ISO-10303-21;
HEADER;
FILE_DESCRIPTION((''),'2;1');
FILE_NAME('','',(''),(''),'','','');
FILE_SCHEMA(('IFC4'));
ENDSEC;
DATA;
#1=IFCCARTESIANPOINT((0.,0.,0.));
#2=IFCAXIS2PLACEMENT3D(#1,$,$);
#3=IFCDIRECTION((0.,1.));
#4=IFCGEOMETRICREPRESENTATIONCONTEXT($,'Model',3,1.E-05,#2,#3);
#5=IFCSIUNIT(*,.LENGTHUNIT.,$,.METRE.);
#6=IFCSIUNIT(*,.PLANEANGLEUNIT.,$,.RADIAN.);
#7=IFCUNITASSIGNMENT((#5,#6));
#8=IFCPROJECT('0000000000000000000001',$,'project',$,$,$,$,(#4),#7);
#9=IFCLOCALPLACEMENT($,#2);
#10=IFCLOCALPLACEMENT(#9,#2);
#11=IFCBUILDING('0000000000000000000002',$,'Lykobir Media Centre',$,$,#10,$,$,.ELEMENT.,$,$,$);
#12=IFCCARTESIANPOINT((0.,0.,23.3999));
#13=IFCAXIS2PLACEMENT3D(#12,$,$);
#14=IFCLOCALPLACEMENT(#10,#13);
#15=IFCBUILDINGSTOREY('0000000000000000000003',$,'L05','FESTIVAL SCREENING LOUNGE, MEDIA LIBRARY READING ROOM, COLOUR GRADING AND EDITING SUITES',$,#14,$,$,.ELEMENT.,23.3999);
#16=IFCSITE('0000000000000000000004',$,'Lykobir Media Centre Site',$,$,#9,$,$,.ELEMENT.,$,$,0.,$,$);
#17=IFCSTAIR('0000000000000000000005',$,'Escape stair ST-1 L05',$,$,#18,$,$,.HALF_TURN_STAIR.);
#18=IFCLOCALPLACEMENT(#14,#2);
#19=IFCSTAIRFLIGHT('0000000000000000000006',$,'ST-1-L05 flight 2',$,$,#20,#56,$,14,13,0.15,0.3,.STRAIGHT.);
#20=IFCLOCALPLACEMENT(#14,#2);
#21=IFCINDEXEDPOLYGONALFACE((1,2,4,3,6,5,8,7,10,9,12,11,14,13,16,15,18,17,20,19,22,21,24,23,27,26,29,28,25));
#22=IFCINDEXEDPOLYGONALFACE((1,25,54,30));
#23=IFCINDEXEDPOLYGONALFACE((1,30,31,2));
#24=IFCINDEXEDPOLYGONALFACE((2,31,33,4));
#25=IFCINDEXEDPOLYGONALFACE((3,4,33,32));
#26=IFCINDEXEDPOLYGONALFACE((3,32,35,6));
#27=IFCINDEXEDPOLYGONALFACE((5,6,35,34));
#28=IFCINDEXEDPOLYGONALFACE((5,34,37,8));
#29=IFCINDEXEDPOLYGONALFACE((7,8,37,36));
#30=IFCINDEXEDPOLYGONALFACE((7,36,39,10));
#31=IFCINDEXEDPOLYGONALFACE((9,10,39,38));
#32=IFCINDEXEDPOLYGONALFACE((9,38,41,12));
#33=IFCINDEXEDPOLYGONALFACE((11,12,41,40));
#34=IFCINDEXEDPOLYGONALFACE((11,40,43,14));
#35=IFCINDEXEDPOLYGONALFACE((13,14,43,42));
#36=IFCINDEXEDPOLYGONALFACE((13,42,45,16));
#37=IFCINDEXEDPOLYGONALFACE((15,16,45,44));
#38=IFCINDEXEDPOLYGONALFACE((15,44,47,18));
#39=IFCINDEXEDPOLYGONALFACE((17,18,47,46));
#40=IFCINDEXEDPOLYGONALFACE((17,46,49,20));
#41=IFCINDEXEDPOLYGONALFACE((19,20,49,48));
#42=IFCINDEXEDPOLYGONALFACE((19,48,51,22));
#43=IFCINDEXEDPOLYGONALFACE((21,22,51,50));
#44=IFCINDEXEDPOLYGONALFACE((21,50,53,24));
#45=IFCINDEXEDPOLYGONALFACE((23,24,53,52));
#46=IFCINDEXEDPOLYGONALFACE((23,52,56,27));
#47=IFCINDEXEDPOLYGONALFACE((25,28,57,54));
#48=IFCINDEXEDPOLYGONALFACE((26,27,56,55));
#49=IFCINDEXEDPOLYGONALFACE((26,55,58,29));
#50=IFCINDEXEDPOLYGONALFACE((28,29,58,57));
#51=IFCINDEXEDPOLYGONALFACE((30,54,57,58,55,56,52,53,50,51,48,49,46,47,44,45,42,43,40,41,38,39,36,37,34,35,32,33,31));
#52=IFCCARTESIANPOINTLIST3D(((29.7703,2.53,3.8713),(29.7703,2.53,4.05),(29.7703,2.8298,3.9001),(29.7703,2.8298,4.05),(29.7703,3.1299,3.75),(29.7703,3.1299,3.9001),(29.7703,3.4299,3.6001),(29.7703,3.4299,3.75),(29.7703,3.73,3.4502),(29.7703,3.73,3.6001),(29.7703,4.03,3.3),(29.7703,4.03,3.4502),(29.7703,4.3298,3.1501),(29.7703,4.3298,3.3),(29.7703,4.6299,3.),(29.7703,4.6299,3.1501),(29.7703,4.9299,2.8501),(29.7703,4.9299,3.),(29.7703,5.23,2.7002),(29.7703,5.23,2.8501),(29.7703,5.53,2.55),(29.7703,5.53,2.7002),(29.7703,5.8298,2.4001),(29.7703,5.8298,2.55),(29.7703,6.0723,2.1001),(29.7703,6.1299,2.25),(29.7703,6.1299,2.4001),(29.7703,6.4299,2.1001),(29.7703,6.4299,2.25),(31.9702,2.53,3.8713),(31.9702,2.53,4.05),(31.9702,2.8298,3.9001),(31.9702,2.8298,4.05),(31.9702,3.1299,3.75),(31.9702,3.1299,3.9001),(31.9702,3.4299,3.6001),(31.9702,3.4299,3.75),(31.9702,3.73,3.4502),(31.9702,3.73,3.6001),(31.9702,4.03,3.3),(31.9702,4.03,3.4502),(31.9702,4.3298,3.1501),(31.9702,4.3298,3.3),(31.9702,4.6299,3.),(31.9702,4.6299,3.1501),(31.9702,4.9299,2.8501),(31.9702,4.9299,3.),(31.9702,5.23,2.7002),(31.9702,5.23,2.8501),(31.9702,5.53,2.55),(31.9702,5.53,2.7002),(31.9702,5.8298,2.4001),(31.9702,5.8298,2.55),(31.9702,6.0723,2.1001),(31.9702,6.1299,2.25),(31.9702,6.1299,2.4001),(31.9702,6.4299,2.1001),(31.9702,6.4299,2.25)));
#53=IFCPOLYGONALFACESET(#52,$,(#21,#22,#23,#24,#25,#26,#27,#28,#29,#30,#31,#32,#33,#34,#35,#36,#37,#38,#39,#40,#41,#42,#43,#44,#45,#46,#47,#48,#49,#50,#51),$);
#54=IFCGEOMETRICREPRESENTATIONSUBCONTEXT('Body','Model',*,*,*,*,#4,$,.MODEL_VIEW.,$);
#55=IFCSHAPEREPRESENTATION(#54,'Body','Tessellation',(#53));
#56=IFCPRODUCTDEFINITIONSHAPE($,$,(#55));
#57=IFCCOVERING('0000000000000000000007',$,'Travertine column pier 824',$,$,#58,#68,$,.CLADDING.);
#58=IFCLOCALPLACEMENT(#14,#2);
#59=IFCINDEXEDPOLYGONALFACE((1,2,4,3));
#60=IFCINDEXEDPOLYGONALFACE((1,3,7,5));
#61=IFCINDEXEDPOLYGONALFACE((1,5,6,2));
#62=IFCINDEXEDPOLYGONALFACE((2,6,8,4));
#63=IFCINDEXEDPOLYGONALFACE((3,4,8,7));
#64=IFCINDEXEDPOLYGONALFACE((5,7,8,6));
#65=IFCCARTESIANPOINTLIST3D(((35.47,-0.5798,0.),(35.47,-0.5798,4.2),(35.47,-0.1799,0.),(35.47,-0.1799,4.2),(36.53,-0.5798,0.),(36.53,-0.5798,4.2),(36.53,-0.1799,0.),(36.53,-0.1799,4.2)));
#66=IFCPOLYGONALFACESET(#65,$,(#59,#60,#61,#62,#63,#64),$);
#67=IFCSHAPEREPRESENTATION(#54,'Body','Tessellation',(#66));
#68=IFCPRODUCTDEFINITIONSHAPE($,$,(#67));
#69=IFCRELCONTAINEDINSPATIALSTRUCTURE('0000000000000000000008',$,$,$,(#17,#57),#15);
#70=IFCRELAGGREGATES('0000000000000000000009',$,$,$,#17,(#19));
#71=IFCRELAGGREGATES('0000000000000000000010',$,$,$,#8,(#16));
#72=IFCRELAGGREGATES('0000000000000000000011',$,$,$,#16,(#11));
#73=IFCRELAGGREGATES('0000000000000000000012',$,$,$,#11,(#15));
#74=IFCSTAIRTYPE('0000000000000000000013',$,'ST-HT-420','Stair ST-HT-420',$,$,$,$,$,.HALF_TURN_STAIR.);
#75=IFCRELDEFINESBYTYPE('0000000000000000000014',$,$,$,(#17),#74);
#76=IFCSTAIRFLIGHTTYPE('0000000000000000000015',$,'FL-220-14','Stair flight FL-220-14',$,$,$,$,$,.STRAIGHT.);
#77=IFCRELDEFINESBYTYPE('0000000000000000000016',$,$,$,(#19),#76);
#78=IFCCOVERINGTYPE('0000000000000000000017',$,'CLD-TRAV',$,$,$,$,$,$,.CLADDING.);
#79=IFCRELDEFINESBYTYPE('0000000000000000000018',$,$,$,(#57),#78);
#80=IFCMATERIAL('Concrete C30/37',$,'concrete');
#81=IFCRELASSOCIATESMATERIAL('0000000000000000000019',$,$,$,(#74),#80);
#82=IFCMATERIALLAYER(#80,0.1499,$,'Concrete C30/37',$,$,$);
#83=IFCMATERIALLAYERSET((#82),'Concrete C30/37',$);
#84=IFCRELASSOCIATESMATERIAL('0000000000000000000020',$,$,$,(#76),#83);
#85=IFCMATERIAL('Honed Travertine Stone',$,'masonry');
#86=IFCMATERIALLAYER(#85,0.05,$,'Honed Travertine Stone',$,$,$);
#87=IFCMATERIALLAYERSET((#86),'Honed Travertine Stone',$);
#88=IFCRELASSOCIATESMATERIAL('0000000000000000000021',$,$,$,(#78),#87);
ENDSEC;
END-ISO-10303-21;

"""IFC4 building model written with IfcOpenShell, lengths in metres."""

from ifc_helpers import new_model, si_unit, direction, frame, origin, origin_2d, place, context, subcontext, project, spatial, polyline, rectangle, outline, extrude, material, layer, layer_set, type_object, element, aggregate, save


model = new_model("IFC4")

# Units and contexts
model_context = context("Model", 3, precision=1e-05, world=origin(), true_north=direction((0.0, 1.0)))
body_context = subcontext(model_context, "Body", "Model", "MODEL_VIEW")
ifc_project = project(units=[si_unit("LENGTHUNIT", "METRE"), si_unit("PLANEANGLEUNIT", "RADIAN")], contexts=[model_context])

# Site, building, storey
site_placement = place(None, origin())
site = spatial("IfcSite", under=ifc_project, at=site_placement, Name="Lykobir Media Centre Site", CompositionType="ELEMENT", RefElevation=0.0)
building_placement = place(site_placement, origin())
building = spatial("IfcBuilding", under=site, at=building_placement, Name="Lykobir Media Centre", CompositionType="ELEMENT")
storey_placement = place(building_placement, frame((0.0, 0.0, 23.3999)))
storey = spatial("IfcBuildingStorey", under=building, at=storey_placement, Name="L05", Description="FESTIVAL SCREENING LOUNGE, MEDIA LIBRARY READING ROOM, COLOUR GRADING AND EDITING SUITES", CompositionType="ELEMENT", Elevation=23.3999)

# Shared definitions
ifc_material_1 = material(Name="Concrete C30/37", Category="concrete")

# Stair, stair flight
stair_type = type_object("IfcStairType", Name="ST-HT-420", Description="Stair ST-HT-420", PredefinedType="HALF_TURN_STAIR", material=ifc_material_1)
stair_placement = place(storey_placement, origin())
stair = element("IfcStair", 1, at=stair_placement, inside=storey, type_object=stair_type, Name="Escape stair ST-1 L05", PredefinedType="HALF_TURN_STAIR")
ifc_layer_1 = layer(ifc_material_1, 0.1499, Name="Concrete C30/37")
ifc_layer_set_1 = layer_set([ifc_layer_1], Name="Concrete C30/37")
stair_flight_type = type_object("IfcStairFlightType", Name="FL-220-14", Description="Stair flight FL-220-14", PredefinedType="STRAIGHT", material=ifc_layer_set_1)
stair_flight_placement = place(storey_placement, frame((30.8701, 6.4299, 2.1001), z_axis=(0.0, 0.0, 1.0), x_axis=(0.0, -1.0, 0.0)))
stair_flight = element("IfcStairFlight", 2, at=stair_flight_placement, type_object=stair_flight_type, Name="ST-1-L05 flight 2", NumberOfRisers=14, NumberOfTreads=13, PredefinedType="STRAIGHT", RiserHeight=0.15, TreadLength=0.3, context=body_context, shape_type="SweptSolid", body=[
    extrude(outline(polyline([(0.0, 0.0), (0.0, 0.1499), (0.3, 0.1499), (0.3, 0.3), (0.6001, 0.3), (0.6001, 0.45), (0.8999, 0.45), (0.8999, 0.6001), (1.2, 0.6001), (1.2, 0.75), (1.5, 0.75), (1.5, 0.8999), (1.8, 0.8999), (1.8, 1.05), (2.1001, 1.05), (2.1001, 1.2), (2.3999, 1.2), (2.3999, 1.3501), (2.7, 1.3501), (2.7, 1.5), (3.0, 1.5), (3.0, 1.6499), (3.3, 1.6499), (3.3, 1.8), (3.6001, 1.8), (3.6001, 1.95), (3.8999, 1.95), (3.8999, 2.1001), (3.8999, 1.7712), (0.3577, 0.0), (0.0, 0.0)])), frame((0.0, 1.1001, 0.0), z_axis=(0.0, -1.0, 0.0), x_axis=(1.0, 0.0, 0.0)), (0.0, 0.0, 1.0), 2.2),
])
aggregate(stair, [stair_flight])

# Covering
ifc_material_2 = material(Name="Honed Travertine Stone", Category="masonry")
ifc_layer_2 = layer(ifc_material_2, 0.05, Name="Honed Travertine Stone")
ifc_layer_set_2 = layer_set([ifc_layer_2], Name="Honed Travertine Stone")
covering_type = type_object("IfcCoveringType", Name="CLD-TRAV", PredefinedType="CLADDING", material=ifc_layer_set_2)
covering_placement = place(storey_placement, frame((36.0, -0.3799, 0.0), z_axis=(0.0, 0.0, 1.0), x_axis=(1.0, 0.0, 0.0)))
element("IfcCovering", 3, at=covering_placement, inside=storey, type_object=covering_type, Name="Travertine column pier 824", PredefinedType="CLADDING", context=body_context, shape_type="SweptSolid", body=[
    extrude(rectangle(XDim=1.0601, YDim=0.3999, at=origin_2d()), origin(), (0.0, 0.0, 1.0), 4.2),
])

save(model, "model.ifc")
